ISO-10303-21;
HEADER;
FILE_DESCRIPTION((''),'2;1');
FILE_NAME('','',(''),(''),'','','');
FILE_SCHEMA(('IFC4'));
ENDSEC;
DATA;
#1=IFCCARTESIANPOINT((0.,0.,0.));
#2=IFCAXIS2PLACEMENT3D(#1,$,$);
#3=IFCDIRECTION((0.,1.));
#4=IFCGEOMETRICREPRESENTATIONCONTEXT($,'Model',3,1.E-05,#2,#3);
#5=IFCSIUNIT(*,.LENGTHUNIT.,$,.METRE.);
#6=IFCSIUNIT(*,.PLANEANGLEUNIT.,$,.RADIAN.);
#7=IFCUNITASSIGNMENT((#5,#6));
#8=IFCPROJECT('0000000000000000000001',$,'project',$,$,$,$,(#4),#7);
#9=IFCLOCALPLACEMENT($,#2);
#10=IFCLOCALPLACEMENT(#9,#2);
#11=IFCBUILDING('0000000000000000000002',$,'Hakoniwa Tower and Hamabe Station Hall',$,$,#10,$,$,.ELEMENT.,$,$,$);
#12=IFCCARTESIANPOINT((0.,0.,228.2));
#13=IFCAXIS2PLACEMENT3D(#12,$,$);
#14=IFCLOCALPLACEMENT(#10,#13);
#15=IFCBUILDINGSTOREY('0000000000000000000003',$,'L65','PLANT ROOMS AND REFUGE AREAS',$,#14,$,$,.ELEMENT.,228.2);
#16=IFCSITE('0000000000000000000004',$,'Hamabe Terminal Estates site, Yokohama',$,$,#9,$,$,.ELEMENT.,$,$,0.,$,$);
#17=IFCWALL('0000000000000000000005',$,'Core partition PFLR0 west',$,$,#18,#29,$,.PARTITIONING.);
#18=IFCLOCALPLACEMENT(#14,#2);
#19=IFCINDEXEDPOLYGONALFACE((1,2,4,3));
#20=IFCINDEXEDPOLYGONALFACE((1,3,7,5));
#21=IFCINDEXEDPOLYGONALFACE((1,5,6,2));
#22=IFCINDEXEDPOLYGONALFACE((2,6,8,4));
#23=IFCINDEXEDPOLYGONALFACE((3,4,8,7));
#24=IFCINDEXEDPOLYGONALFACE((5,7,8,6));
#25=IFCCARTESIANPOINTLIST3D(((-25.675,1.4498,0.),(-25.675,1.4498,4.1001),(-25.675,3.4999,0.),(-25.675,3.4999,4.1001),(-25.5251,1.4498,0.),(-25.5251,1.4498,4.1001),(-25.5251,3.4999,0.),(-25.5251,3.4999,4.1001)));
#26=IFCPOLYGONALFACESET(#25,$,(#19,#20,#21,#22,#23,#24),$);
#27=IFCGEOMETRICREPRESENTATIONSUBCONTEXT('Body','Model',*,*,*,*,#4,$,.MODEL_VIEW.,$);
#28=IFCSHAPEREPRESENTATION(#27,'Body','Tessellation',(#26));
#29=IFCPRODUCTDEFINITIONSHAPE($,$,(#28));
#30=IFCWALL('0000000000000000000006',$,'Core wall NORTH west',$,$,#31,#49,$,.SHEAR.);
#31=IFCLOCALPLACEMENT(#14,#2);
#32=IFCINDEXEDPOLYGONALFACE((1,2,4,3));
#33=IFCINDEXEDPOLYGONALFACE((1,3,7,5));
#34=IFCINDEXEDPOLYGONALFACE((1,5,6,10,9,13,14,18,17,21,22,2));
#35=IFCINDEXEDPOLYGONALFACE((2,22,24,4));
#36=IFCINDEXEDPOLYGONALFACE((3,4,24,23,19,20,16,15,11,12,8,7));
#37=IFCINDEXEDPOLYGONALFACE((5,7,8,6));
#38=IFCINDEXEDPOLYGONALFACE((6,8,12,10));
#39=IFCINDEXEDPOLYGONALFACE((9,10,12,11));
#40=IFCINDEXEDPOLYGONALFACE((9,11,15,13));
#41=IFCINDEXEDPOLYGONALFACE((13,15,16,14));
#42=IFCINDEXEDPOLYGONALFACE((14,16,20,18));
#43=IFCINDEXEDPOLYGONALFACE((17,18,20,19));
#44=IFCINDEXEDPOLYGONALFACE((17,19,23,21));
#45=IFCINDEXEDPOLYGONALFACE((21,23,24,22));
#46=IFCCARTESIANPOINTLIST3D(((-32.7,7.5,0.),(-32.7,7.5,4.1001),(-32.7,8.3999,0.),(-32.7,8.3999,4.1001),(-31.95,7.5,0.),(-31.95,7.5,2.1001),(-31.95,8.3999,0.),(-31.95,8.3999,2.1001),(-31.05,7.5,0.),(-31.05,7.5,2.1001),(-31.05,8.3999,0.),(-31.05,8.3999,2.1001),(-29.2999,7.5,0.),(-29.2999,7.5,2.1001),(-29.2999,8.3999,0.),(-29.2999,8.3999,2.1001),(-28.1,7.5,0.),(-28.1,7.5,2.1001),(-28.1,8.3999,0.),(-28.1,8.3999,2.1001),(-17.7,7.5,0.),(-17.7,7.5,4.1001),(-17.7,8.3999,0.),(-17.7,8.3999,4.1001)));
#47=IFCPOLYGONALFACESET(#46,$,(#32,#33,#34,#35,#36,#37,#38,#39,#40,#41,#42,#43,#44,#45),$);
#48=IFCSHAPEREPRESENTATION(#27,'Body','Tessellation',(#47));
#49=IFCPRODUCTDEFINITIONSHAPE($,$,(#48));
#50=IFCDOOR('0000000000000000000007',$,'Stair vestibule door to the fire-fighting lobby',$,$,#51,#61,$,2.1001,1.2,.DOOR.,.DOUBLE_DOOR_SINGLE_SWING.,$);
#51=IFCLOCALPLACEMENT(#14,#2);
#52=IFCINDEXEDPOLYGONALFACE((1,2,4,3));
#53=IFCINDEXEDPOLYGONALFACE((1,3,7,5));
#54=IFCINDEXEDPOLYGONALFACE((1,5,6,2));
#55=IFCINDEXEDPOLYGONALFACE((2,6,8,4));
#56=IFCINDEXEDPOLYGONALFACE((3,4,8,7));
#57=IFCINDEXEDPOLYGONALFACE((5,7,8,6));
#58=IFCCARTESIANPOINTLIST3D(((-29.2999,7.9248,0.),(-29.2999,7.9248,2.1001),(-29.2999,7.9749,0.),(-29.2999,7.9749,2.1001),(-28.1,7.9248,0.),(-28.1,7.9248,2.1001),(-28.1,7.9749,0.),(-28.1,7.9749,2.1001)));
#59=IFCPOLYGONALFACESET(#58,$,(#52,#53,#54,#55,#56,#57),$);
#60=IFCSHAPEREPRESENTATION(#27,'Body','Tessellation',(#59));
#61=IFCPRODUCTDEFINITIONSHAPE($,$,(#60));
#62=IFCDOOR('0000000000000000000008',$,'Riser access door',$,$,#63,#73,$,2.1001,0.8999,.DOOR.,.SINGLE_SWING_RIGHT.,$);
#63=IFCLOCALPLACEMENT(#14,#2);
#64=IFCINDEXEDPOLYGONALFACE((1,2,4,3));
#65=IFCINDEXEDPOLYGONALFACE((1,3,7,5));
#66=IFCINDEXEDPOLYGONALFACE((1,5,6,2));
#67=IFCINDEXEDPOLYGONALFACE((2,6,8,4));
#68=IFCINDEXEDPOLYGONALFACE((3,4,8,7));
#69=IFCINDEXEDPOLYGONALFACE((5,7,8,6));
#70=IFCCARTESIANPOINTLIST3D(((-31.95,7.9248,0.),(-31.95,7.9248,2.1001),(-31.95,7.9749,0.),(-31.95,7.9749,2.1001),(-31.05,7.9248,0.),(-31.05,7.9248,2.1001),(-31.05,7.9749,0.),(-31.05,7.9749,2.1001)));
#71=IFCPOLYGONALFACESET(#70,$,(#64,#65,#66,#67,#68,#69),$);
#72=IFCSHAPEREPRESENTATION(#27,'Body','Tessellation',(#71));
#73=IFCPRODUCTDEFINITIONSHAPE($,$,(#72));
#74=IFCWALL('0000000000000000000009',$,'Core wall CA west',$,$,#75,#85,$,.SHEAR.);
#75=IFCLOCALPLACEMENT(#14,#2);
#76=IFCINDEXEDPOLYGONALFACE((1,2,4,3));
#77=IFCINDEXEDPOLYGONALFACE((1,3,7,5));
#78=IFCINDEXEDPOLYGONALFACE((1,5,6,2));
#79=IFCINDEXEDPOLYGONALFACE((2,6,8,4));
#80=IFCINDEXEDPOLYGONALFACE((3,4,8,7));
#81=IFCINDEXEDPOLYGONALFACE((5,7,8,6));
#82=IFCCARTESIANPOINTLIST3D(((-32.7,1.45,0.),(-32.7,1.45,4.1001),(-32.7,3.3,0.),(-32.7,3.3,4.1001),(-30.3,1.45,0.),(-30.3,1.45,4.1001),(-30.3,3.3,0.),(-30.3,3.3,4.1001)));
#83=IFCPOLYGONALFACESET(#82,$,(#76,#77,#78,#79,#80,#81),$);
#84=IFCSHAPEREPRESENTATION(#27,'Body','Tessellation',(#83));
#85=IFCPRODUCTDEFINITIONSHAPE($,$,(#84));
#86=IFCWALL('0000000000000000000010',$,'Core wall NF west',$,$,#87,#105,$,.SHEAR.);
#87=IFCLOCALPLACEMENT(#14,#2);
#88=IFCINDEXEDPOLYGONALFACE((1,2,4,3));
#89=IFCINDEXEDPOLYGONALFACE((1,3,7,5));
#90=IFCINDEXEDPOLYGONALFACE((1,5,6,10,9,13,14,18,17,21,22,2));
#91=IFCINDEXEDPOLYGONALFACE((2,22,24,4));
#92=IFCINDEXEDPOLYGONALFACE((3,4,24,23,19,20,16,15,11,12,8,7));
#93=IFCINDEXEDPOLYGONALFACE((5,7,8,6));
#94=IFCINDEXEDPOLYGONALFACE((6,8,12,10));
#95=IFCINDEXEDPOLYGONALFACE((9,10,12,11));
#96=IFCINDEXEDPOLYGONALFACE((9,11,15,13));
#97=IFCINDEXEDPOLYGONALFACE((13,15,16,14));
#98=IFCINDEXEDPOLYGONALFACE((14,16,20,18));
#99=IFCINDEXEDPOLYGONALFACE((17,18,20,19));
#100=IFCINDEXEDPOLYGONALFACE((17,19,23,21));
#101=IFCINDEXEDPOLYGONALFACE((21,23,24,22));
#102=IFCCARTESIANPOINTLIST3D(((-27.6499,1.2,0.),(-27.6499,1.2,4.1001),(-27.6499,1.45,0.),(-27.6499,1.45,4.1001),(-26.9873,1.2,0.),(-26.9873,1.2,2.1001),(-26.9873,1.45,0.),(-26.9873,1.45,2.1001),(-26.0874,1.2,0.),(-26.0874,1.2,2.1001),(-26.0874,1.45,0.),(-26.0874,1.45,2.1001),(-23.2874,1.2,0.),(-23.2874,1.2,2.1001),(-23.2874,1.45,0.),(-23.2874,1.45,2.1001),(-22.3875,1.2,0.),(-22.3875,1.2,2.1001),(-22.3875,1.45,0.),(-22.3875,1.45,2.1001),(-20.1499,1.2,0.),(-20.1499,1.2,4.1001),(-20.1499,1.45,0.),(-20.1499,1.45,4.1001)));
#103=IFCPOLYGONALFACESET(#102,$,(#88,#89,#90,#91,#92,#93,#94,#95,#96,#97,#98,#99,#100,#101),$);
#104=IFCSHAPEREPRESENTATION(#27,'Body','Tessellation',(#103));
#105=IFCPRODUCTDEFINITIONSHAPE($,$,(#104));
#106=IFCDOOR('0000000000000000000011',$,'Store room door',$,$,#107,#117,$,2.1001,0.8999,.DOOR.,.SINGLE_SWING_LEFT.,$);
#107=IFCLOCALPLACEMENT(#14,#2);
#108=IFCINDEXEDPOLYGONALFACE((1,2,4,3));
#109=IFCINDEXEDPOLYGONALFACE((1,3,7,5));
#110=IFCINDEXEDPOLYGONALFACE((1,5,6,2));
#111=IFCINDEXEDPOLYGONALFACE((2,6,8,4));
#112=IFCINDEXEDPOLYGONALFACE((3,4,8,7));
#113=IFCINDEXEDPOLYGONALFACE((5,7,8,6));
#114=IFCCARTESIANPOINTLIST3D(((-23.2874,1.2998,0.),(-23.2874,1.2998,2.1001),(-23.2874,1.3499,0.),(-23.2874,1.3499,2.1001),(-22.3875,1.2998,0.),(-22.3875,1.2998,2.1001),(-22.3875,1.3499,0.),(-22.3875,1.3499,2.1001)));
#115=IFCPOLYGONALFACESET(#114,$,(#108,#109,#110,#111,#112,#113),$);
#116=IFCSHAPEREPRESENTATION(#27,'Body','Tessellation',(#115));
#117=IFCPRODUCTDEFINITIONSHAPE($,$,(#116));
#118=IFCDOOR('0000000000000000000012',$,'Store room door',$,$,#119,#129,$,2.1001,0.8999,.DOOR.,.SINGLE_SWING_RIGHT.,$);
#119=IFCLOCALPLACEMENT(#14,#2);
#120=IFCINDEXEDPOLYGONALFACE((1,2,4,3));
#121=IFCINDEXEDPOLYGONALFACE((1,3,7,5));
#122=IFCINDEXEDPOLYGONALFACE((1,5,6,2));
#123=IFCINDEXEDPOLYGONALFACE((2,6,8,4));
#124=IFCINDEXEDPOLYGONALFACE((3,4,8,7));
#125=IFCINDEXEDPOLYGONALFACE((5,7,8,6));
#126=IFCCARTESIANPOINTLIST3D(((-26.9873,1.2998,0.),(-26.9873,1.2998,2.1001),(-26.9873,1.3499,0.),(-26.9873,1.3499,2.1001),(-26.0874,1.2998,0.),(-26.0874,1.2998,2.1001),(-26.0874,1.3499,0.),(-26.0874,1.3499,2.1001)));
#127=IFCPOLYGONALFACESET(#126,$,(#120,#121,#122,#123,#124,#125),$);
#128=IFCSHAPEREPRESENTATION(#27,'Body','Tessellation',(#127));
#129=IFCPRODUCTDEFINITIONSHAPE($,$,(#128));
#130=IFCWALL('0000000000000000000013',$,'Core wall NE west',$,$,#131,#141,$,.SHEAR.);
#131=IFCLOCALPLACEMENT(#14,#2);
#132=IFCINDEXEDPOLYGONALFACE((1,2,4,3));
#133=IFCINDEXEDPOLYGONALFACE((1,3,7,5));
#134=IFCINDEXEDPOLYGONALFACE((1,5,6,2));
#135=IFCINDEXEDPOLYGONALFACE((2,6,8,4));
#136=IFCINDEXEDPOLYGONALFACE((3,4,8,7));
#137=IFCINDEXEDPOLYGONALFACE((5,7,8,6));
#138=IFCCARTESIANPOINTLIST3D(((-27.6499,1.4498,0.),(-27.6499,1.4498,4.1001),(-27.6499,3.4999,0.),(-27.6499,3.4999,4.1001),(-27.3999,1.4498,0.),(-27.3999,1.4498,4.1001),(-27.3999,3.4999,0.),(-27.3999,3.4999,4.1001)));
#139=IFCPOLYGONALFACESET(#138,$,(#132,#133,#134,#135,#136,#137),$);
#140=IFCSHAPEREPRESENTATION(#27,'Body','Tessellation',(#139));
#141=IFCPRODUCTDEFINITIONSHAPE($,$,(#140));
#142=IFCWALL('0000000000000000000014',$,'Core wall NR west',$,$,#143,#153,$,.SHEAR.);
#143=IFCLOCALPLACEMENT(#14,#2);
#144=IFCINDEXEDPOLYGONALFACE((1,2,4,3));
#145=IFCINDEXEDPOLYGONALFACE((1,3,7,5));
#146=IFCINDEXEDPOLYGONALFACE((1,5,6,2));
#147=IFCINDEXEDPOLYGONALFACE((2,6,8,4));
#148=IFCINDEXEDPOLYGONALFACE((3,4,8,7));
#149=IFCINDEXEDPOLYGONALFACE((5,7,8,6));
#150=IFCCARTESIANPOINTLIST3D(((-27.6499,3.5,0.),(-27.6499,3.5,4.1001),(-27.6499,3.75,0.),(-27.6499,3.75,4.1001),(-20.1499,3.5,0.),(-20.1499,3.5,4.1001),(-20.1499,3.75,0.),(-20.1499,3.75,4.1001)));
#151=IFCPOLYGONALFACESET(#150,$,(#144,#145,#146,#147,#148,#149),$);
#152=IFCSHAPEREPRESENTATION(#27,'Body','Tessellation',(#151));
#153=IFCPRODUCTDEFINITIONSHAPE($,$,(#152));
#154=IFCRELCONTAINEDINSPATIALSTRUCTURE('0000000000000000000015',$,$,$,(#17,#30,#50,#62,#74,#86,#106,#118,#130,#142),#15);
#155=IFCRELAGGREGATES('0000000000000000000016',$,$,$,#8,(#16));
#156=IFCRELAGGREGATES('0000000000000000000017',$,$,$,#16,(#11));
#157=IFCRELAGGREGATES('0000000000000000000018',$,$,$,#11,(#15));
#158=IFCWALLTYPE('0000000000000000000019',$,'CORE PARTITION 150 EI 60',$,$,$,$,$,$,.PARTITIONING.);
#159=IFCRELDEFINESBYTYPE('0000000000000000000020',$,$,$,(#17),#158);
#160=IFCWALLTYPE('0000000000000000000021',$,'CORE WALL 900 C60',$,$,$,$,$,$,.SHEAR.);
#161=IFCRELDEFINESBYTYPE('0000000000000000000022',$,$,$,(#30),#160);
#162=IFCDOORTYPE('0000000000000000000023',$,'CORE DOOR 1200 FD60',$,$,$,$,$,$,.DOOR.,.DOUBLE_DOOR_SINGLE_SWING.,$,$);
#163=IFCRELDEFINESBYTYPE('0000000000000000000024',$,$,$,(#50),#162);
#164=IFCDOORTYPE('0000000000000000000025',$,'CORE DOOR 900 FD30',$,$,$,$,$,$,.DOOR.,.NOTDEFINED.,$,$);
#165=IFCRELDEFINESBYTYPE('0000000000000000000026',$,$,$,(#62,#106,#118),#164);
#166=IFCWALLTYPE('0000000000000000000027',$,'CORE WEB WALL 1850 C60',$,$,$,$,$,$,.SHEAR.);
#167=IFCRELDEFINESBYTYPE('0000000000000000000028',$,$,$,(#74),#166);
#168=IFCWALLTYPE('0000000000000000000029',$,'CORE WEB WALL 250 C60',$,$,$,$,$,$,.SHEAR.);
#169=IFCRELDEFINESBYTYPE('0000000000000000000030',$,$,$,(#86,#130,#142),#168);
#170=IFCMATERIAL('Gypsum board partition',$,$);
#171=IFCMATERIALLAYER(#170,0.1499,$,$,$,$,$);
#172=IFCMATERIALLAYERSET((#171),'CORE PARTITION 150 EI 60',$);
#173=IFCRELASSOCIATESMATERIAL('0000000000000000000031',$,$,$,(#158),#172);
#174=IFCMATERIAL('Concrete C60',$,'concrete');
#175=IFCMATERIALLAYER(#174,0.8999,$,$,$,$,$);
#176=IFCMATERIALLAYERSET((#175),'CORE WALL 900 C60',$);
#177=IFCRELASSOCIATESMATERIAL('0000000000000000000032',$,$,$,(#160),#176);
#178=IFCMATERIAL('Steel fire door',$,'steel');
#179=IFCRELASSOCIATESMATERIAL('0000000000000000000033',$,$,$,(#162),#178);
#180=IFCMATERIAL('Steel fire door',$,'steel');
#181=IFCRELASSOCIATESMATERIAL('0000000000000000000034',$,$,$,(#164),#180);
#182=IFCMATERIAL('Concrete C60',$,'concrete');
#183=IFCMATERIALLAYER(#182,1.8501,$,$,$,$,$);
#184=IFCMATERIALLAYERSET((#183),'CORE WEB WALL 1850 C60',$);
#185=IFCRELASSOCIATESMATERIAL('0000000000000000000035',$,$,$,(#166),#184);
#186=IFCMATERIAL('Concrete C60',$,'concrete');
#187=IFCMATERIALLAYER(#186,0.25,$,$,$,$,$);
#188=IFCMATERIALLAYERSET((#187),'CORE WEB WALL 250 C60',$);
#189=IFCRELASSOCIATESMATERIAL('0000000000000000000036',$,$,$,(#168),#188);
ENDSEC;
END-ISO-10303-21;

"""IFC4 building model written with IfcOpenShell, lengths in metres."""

from ifc_helpers import new_model, si_unit, direction, frame, frame_2d, origin, place, context, subcontext, project, spatial, rectangle, extrude, material, layer, layer_set, type_object, element, fill, save


model = new_model("IFC4")

# Units and contexts
model_context = context("Model", 3, precision=1e-05, world=origin(), true_north=direction((0.0, 1.0)))
body_context = subcontext(model_context, "Body", "Model", "MODEL_VIEW")
ifc_project = project(units=[si_unit("LENGTHUNIT", "METRE"), si_unit("PLANEANGLEUNIT", "RADIAN")], contexts=[model_context])

# Site, building, storey
site_placement = place(None, origin())
site = spatial("IfcSite", under=ifc_project, at=site_placement, Name="Hamabe Terminal Estates site, Yokohama", CompositionType="ELEMENT", RefElevation=0.0)
building_placement = place(site_placement, origin())
building = spatial("IfcBuilding", under=site, at=building_placement, Name="Hakoniwa Tower and Hamabe Station Hall", CompositionType="ELEMENT")
storey_placement = place(building_placement, frame((0.0, 0.0, 228.2)))
storey = spatial("IfcBuildingStorey", under=building, at=storey_placement, Name="L65", Description="PLANT ROOMS AND REFUGE AREAS", CompositionType="ELEMENT", Elevation=228.2)

# Wall
ifc_material_1 = material(Name="Gypsum board partition")
ifc_layer_1 = layer(ifc_material_1, 0.1499)
ifc_layer_set_1 = layer_set([ifc_layer_1], Name="CORE PARTITION 150 EI 60")
wall_type_1 = type_object("IfcWallType", Name="CORE PARTITION 150 EI 60", PredefinedType="PARTITIONING", material=ifc_layer_set_1)
wall_1_placement = place(storey_placement, frame((-25.6001, 1.45, 0.0), z_axis=(0.0, 0.0, 1.0), x_axis=(0.0, 1.0, 0.0)))
element("IfcWall", 1, at=wall_1_placement, inside=storey, type_object=wall_type_1, Name="Core partition PFLR0 west", PredefinedType="PARTITIONING", context=body_context, shape_type="SweptSolid", body=[
    extrude(rectangle(XDim=2.05, YDim=0.1499, at=frame_2d((1.0249, 0.0))), origin(), (0.0, 0.0, 1.0), 4.1001),
])

# Wall, openings, doors
ifc_material_2 = material(Name="Concrete C60", Category="concrete")
ifc_layer_2 = layer(ifc_material_2, 0.8999)
ifc_layer_set_2 = layer_set([ifc_layer_2], Name="CORE WALL 900 C60")
wall_type_2 = type_object("IfcWallType", Name="CORE WALL 900 C60", PredefinedType="SHEAR", material=ifc_layer_set_2)
wall_2_placement = place(storey_placement, frame((-32.7, 7.95, 0.0), z_axis=(0.0, 0.0, 1.0), x_axis=(1.0, 0.0, 0.0)))
wall_2 = element("IfcWall", 2, at=wall_2_placement, inside=storey, type_object=wall_type_2, Name="Core wall NORTH west", PredefinedType="SHEAR", context=body_context, shape_type="SweptSolid", body=[
    extrude(rectangle(XDim=15.0, YDim=0.8999, at=frame_2d((7.5, 0.0))), origin(), (0.0, 0.0, 1.0), 4.1001),
])
opening_1_placement = place(wall_2_placement, frame((3.3999, 0.0, 0.0)))
opening_1 = element("IfcOpeningElement", 3, at=opening_1_placement, cuts=wall_2, PredefinedType="OPENING", context=body_context, shape_type="SweptSolid", body=[
    extrude(rectangle(XDim=1.2, YDim=2.1001, at=frame_2d((0.6001, 1.05))), frame((0.0, 0.46, 0.0), z_axis=(0.0, -1.0, 0.0), x_axis=(1.0, 0.0, 0.0)), (0.0, 0.0, 1.0), 0.9199),
])
opening_2_placement = place(wall_2_placement, frame((0.75, 0.0, 0.0)))
opening_2 = element("IfcOpeningElement", 4, at=opening_2_placement, cuts=wall_2, PredefinedType="OPENING", context=body_context, shape_type="SweptSolid", body=[
    extrude(rectangle(XDim=0.8999, YDim=2.1001, at=frame_2d((0.45, 1.05))), frame((0.0, 0.46, 0.0), z_axis=(0.0, -1.0, 0.0), x_axis=(1.0, 0.0, 0.0)), (0.0, 0.0, 1.0), 0.9199),
])
ifc_material_3 = material(Name="Steel fire door", Category="steel")
door_type_1 = type_object("IfcDoorType", Name="CORE DOOR 1200 FD60", OperationType="DOUBLE_DOOR_SINGLE_SWING", PredefinedType="DOOR", material=ifc_material_3)
door_1_placement = place(opening_1_placement, origin())
door_1 = element("IfcDoor", 5, at=door_1_placement, inside=storey, type_object=door_type_1, Name="Stair vestibule door to the fire-fighting lobby", OperationType="DOUBLE_DOOR_SINGLE_SWING", OverallHeight=2.1001, OverallWidth=1.2, PredefinedType="DOOR", context=body_context, shape_type="SweptSolid", body=[
    extrude(rectangle(XDim=1.2, YDim=2.1001, at=frame_2d((0.6001, 1.05))), frame((0.0, 0.0249, 0.0), z_axis=(0.0, -1.0, 0.0), x_axis=(1.0, 0.0, 0.0)), (0.0, 0.0, 1.0), 0.05),
])
fill(opening_1, door_1)
ifc_material_4 = material(Name="Steel fire door", Category="steel")
door_type_2 = type_object("IfcDoorType", Name="CORE DOOR 900 FD30", OperationType="NOTDEFINED", PredefinedType="DOOR", material=ifc_material_4)
door_2_placement = place(opening_2_placement, origin())
door_2 = element("IfcDoor", 6, at=door_2_placement, inside=storey, type_object=door_type_2, Name="Riser access door", OperationType="SINGLE_SWING_RIGHT", OverallHeight=2.1001, OverallWidth=0.8999, PredefinedType="DOOR", context=body_context, shape_type="SweptSolid", body=[
    extrude(rectangle(XDim=0.8999, YDim=2.1001, at=frame_2d((0.45, 1.05))), frame((0.0, 0.0249, 0.0), z_axis=(0.0, -1.0, 0.0), x_axis=(1.0, 0.0, 0.0)), (0.0, 0.0, 1.0), 0.05),
])
fill(opening_2, door_2)

# Wall
ifc_material_5 = material(Name="Concrete C60", Category="concrete")
ifc_layer_3 = layer(ifc_material_5, 1.8501)
ifc_layer_set_3 = layer_set([ifc_layer_3], Name="CORE WEB WALL 1850 C60")
wall_type_3 = type_object("IfcWallType", Name="CORE WEB WALL 1850 C60", PredefinedType="SHEAR", material=ifc_layer_set_3)
wall_3_placement = place(storey_placement, frame((-32.7, 2.375, 0.0), z_axis=(0.0, 0.0, 1.0), x_axis=(1.0, 0.0, 0.0)))
element("IfcWall", 7, at=wall_3_placement, inside=storey, type_object=wall_type_3, Name="Core wall CA west", PredefinedType="SHEAR", context=body_context, shape_type="SweptSolid", body=[
    extrude(rectangle(XDim=2.3999, YDim=1.8501, at=frame_2d((1.2, 0.0))), origin(), (0.0, 0.0, 1.0), 4.1001),
])

# Wall, openings, doors
ifc_material_6 = material(Name="Concrete C60", Category="concrete")
ifc_layer_4 = layer(ifc_material_6, 0.25)
ifc_layer_set_4 = layer_set([ifc_layer_4], Name="CORE WEB WALL 250 C60")
wall_type_4 = type_object("IfcWallType", Name="CORE WEB WALL 250 C60", PredefinedType="SHEAR", material=ifc_layer_set_4)
wall_4_placement = place(storey_placement, frame((-27.6499, 1.325, 0.0), z_axis=(0.0, 0.0, 1.0), x_axis=(1.0, 0.0, 0.0)))
wall_4 = element("IfcWall", 8, at=wall_4_placement, inside=storey, type_object=wall_type_4, Name="Core wall NF west", PredefinedType="SHEAR", context=body_context, shape_type="SweptSolid", body=[
    extrude(rectangle(XDim=7.5, YDim=0.25, at=frame_2d((3.75, 0.0))), origin(), (0.0, 0.0, 1.0), 4.1001),
])
opening_3_placement = place(wall_4_placement, frame((4.3625, 0.0, 0.0)))
opening_3 = element("IfcOpeningElement", 9, at=opening_3_placement, cuts=wall_4, PredefinedType="OPENING", context=body_context, shape_type="SweptSolid", body=[
    extrude(rectangle(XDim=0.8999, YDim=2.1001, at=frame_2d((0.45, 1.05))), frame((0.0, 0.135, 0.0), z_axis=(0.0, -1.0, 0.0), x_axis=(1.0, 0.0, 0.0)), (0.0, 0.0, 1.0), 0.27),
])
opening_4_placement = place(wall_4_placement, frame((0.6626, 0.0, 0.0)))
opening_4 = element("IfcOpeningElement", 10, at=opening_4_placement, cuts=wall_4, PredefinedType="OPENING", context=body_context, shape_type="SweptSolid", body=[
    extrude(rectangle(XDim=0.8999, YDim=2.1001, at=frame_2d((0.45, 1.05))), frame((0.0, 0.135, 0.0), z_axis=(0.0, -1.0, 0.0), x_axis=(1.0, 0.0, 0.0)), (0.0, 0.0, 1.0), 0.27),
])
door_3_placement = place(opening_3_placement, origin())
door_3 = element("IfcDoor", 11, at=door_3_placement, inside=storey, type_object=door_type_2, Name="Store room door", OperationType="SINGLE_SWING_LEFT", OverallHeight=2.1001, OverallWidth=0.8999, PredefinedType="DOOR", context=body_context, shape_type="SweptSolid", body=[
    extrude(rectangle(XDim=0.8999, YDim=2.1001, at=frame_2d((0.45, 1.05))), frame((0.0, 0.0249, 0.0), z_axis=(0.0, -1.0, 0.0), x_axis=(1.0, 0.0, 0.0)), (0.0, 0.0, 1.0), 0.05),
])
fill(opening_3, door_3)
door_4_placement = place(opening_4_placement, origin())
door_4 = element("IfcDoor", 12, at=door_4_placement, inside=storey, type_object=door_type_2, Name="Store room door", OperationType="SINGLE_SWING_RIGHT", OverallHeight=2.1001, OverallWidth=0.8999, PredefinedType="DOOR", context=body_context, shape_type="SweptSolid", body=[
    extrude(rectangle(XDim=0.8999, YDim=2.1001, at=frame_2d((0.45, 1.05))), frame((0.0, 0.0249, 0.0), z_axis=(0.0, -1.0, 0.0), x_axis=(1.0, 0.0, 0.0)), (0.0, 0.0, 1.0), 0.05),
])
fill(opening_4, door_4)

# Walls
wall_5_placement = place(storey_placement, frame((-27.5249, 1.45, 0.0), z_axis=(0.0, 0.0, 1.0), x_axis=(0.0, 1.0, 0.0)))
element("IfcWall", 13, at=wall_5_placement, inside=storey, type_object=wall_type_4, Name="Core wall NE west", PredefinedType="SHEAR", context=body_context, shape_type="SweptSolid", body=[
    extrude(rectangle(XDim=2.05, YDim=0.25, at=frame_2d((1.0249, 0.0))), origin(), (0.0, 0.0, 1.0), 4.1001),
])
wall_6_placement = place(storey_placement, frame((-27.6499, 3.625, 0.0), z_axis=(0.0, 0.0, 1.0), x_axis=(1.0, 0.0, 0.0)))
element("IfcWall", 14, at=wall_6_placement, inside=storey, type_object=wall_type_4, Name="Core wall NR west", PredefinedType="SHEAR", context=body_context, shape_type="SweptSolid", body=[
    extrude(rectangle(XDim=7.5, YDim=0.25, at=frame_2d((3.75, 0.0))), origin(), (0.0, 0.0, 1.0), 4.1001),
])

save(model, "model.ifc")
